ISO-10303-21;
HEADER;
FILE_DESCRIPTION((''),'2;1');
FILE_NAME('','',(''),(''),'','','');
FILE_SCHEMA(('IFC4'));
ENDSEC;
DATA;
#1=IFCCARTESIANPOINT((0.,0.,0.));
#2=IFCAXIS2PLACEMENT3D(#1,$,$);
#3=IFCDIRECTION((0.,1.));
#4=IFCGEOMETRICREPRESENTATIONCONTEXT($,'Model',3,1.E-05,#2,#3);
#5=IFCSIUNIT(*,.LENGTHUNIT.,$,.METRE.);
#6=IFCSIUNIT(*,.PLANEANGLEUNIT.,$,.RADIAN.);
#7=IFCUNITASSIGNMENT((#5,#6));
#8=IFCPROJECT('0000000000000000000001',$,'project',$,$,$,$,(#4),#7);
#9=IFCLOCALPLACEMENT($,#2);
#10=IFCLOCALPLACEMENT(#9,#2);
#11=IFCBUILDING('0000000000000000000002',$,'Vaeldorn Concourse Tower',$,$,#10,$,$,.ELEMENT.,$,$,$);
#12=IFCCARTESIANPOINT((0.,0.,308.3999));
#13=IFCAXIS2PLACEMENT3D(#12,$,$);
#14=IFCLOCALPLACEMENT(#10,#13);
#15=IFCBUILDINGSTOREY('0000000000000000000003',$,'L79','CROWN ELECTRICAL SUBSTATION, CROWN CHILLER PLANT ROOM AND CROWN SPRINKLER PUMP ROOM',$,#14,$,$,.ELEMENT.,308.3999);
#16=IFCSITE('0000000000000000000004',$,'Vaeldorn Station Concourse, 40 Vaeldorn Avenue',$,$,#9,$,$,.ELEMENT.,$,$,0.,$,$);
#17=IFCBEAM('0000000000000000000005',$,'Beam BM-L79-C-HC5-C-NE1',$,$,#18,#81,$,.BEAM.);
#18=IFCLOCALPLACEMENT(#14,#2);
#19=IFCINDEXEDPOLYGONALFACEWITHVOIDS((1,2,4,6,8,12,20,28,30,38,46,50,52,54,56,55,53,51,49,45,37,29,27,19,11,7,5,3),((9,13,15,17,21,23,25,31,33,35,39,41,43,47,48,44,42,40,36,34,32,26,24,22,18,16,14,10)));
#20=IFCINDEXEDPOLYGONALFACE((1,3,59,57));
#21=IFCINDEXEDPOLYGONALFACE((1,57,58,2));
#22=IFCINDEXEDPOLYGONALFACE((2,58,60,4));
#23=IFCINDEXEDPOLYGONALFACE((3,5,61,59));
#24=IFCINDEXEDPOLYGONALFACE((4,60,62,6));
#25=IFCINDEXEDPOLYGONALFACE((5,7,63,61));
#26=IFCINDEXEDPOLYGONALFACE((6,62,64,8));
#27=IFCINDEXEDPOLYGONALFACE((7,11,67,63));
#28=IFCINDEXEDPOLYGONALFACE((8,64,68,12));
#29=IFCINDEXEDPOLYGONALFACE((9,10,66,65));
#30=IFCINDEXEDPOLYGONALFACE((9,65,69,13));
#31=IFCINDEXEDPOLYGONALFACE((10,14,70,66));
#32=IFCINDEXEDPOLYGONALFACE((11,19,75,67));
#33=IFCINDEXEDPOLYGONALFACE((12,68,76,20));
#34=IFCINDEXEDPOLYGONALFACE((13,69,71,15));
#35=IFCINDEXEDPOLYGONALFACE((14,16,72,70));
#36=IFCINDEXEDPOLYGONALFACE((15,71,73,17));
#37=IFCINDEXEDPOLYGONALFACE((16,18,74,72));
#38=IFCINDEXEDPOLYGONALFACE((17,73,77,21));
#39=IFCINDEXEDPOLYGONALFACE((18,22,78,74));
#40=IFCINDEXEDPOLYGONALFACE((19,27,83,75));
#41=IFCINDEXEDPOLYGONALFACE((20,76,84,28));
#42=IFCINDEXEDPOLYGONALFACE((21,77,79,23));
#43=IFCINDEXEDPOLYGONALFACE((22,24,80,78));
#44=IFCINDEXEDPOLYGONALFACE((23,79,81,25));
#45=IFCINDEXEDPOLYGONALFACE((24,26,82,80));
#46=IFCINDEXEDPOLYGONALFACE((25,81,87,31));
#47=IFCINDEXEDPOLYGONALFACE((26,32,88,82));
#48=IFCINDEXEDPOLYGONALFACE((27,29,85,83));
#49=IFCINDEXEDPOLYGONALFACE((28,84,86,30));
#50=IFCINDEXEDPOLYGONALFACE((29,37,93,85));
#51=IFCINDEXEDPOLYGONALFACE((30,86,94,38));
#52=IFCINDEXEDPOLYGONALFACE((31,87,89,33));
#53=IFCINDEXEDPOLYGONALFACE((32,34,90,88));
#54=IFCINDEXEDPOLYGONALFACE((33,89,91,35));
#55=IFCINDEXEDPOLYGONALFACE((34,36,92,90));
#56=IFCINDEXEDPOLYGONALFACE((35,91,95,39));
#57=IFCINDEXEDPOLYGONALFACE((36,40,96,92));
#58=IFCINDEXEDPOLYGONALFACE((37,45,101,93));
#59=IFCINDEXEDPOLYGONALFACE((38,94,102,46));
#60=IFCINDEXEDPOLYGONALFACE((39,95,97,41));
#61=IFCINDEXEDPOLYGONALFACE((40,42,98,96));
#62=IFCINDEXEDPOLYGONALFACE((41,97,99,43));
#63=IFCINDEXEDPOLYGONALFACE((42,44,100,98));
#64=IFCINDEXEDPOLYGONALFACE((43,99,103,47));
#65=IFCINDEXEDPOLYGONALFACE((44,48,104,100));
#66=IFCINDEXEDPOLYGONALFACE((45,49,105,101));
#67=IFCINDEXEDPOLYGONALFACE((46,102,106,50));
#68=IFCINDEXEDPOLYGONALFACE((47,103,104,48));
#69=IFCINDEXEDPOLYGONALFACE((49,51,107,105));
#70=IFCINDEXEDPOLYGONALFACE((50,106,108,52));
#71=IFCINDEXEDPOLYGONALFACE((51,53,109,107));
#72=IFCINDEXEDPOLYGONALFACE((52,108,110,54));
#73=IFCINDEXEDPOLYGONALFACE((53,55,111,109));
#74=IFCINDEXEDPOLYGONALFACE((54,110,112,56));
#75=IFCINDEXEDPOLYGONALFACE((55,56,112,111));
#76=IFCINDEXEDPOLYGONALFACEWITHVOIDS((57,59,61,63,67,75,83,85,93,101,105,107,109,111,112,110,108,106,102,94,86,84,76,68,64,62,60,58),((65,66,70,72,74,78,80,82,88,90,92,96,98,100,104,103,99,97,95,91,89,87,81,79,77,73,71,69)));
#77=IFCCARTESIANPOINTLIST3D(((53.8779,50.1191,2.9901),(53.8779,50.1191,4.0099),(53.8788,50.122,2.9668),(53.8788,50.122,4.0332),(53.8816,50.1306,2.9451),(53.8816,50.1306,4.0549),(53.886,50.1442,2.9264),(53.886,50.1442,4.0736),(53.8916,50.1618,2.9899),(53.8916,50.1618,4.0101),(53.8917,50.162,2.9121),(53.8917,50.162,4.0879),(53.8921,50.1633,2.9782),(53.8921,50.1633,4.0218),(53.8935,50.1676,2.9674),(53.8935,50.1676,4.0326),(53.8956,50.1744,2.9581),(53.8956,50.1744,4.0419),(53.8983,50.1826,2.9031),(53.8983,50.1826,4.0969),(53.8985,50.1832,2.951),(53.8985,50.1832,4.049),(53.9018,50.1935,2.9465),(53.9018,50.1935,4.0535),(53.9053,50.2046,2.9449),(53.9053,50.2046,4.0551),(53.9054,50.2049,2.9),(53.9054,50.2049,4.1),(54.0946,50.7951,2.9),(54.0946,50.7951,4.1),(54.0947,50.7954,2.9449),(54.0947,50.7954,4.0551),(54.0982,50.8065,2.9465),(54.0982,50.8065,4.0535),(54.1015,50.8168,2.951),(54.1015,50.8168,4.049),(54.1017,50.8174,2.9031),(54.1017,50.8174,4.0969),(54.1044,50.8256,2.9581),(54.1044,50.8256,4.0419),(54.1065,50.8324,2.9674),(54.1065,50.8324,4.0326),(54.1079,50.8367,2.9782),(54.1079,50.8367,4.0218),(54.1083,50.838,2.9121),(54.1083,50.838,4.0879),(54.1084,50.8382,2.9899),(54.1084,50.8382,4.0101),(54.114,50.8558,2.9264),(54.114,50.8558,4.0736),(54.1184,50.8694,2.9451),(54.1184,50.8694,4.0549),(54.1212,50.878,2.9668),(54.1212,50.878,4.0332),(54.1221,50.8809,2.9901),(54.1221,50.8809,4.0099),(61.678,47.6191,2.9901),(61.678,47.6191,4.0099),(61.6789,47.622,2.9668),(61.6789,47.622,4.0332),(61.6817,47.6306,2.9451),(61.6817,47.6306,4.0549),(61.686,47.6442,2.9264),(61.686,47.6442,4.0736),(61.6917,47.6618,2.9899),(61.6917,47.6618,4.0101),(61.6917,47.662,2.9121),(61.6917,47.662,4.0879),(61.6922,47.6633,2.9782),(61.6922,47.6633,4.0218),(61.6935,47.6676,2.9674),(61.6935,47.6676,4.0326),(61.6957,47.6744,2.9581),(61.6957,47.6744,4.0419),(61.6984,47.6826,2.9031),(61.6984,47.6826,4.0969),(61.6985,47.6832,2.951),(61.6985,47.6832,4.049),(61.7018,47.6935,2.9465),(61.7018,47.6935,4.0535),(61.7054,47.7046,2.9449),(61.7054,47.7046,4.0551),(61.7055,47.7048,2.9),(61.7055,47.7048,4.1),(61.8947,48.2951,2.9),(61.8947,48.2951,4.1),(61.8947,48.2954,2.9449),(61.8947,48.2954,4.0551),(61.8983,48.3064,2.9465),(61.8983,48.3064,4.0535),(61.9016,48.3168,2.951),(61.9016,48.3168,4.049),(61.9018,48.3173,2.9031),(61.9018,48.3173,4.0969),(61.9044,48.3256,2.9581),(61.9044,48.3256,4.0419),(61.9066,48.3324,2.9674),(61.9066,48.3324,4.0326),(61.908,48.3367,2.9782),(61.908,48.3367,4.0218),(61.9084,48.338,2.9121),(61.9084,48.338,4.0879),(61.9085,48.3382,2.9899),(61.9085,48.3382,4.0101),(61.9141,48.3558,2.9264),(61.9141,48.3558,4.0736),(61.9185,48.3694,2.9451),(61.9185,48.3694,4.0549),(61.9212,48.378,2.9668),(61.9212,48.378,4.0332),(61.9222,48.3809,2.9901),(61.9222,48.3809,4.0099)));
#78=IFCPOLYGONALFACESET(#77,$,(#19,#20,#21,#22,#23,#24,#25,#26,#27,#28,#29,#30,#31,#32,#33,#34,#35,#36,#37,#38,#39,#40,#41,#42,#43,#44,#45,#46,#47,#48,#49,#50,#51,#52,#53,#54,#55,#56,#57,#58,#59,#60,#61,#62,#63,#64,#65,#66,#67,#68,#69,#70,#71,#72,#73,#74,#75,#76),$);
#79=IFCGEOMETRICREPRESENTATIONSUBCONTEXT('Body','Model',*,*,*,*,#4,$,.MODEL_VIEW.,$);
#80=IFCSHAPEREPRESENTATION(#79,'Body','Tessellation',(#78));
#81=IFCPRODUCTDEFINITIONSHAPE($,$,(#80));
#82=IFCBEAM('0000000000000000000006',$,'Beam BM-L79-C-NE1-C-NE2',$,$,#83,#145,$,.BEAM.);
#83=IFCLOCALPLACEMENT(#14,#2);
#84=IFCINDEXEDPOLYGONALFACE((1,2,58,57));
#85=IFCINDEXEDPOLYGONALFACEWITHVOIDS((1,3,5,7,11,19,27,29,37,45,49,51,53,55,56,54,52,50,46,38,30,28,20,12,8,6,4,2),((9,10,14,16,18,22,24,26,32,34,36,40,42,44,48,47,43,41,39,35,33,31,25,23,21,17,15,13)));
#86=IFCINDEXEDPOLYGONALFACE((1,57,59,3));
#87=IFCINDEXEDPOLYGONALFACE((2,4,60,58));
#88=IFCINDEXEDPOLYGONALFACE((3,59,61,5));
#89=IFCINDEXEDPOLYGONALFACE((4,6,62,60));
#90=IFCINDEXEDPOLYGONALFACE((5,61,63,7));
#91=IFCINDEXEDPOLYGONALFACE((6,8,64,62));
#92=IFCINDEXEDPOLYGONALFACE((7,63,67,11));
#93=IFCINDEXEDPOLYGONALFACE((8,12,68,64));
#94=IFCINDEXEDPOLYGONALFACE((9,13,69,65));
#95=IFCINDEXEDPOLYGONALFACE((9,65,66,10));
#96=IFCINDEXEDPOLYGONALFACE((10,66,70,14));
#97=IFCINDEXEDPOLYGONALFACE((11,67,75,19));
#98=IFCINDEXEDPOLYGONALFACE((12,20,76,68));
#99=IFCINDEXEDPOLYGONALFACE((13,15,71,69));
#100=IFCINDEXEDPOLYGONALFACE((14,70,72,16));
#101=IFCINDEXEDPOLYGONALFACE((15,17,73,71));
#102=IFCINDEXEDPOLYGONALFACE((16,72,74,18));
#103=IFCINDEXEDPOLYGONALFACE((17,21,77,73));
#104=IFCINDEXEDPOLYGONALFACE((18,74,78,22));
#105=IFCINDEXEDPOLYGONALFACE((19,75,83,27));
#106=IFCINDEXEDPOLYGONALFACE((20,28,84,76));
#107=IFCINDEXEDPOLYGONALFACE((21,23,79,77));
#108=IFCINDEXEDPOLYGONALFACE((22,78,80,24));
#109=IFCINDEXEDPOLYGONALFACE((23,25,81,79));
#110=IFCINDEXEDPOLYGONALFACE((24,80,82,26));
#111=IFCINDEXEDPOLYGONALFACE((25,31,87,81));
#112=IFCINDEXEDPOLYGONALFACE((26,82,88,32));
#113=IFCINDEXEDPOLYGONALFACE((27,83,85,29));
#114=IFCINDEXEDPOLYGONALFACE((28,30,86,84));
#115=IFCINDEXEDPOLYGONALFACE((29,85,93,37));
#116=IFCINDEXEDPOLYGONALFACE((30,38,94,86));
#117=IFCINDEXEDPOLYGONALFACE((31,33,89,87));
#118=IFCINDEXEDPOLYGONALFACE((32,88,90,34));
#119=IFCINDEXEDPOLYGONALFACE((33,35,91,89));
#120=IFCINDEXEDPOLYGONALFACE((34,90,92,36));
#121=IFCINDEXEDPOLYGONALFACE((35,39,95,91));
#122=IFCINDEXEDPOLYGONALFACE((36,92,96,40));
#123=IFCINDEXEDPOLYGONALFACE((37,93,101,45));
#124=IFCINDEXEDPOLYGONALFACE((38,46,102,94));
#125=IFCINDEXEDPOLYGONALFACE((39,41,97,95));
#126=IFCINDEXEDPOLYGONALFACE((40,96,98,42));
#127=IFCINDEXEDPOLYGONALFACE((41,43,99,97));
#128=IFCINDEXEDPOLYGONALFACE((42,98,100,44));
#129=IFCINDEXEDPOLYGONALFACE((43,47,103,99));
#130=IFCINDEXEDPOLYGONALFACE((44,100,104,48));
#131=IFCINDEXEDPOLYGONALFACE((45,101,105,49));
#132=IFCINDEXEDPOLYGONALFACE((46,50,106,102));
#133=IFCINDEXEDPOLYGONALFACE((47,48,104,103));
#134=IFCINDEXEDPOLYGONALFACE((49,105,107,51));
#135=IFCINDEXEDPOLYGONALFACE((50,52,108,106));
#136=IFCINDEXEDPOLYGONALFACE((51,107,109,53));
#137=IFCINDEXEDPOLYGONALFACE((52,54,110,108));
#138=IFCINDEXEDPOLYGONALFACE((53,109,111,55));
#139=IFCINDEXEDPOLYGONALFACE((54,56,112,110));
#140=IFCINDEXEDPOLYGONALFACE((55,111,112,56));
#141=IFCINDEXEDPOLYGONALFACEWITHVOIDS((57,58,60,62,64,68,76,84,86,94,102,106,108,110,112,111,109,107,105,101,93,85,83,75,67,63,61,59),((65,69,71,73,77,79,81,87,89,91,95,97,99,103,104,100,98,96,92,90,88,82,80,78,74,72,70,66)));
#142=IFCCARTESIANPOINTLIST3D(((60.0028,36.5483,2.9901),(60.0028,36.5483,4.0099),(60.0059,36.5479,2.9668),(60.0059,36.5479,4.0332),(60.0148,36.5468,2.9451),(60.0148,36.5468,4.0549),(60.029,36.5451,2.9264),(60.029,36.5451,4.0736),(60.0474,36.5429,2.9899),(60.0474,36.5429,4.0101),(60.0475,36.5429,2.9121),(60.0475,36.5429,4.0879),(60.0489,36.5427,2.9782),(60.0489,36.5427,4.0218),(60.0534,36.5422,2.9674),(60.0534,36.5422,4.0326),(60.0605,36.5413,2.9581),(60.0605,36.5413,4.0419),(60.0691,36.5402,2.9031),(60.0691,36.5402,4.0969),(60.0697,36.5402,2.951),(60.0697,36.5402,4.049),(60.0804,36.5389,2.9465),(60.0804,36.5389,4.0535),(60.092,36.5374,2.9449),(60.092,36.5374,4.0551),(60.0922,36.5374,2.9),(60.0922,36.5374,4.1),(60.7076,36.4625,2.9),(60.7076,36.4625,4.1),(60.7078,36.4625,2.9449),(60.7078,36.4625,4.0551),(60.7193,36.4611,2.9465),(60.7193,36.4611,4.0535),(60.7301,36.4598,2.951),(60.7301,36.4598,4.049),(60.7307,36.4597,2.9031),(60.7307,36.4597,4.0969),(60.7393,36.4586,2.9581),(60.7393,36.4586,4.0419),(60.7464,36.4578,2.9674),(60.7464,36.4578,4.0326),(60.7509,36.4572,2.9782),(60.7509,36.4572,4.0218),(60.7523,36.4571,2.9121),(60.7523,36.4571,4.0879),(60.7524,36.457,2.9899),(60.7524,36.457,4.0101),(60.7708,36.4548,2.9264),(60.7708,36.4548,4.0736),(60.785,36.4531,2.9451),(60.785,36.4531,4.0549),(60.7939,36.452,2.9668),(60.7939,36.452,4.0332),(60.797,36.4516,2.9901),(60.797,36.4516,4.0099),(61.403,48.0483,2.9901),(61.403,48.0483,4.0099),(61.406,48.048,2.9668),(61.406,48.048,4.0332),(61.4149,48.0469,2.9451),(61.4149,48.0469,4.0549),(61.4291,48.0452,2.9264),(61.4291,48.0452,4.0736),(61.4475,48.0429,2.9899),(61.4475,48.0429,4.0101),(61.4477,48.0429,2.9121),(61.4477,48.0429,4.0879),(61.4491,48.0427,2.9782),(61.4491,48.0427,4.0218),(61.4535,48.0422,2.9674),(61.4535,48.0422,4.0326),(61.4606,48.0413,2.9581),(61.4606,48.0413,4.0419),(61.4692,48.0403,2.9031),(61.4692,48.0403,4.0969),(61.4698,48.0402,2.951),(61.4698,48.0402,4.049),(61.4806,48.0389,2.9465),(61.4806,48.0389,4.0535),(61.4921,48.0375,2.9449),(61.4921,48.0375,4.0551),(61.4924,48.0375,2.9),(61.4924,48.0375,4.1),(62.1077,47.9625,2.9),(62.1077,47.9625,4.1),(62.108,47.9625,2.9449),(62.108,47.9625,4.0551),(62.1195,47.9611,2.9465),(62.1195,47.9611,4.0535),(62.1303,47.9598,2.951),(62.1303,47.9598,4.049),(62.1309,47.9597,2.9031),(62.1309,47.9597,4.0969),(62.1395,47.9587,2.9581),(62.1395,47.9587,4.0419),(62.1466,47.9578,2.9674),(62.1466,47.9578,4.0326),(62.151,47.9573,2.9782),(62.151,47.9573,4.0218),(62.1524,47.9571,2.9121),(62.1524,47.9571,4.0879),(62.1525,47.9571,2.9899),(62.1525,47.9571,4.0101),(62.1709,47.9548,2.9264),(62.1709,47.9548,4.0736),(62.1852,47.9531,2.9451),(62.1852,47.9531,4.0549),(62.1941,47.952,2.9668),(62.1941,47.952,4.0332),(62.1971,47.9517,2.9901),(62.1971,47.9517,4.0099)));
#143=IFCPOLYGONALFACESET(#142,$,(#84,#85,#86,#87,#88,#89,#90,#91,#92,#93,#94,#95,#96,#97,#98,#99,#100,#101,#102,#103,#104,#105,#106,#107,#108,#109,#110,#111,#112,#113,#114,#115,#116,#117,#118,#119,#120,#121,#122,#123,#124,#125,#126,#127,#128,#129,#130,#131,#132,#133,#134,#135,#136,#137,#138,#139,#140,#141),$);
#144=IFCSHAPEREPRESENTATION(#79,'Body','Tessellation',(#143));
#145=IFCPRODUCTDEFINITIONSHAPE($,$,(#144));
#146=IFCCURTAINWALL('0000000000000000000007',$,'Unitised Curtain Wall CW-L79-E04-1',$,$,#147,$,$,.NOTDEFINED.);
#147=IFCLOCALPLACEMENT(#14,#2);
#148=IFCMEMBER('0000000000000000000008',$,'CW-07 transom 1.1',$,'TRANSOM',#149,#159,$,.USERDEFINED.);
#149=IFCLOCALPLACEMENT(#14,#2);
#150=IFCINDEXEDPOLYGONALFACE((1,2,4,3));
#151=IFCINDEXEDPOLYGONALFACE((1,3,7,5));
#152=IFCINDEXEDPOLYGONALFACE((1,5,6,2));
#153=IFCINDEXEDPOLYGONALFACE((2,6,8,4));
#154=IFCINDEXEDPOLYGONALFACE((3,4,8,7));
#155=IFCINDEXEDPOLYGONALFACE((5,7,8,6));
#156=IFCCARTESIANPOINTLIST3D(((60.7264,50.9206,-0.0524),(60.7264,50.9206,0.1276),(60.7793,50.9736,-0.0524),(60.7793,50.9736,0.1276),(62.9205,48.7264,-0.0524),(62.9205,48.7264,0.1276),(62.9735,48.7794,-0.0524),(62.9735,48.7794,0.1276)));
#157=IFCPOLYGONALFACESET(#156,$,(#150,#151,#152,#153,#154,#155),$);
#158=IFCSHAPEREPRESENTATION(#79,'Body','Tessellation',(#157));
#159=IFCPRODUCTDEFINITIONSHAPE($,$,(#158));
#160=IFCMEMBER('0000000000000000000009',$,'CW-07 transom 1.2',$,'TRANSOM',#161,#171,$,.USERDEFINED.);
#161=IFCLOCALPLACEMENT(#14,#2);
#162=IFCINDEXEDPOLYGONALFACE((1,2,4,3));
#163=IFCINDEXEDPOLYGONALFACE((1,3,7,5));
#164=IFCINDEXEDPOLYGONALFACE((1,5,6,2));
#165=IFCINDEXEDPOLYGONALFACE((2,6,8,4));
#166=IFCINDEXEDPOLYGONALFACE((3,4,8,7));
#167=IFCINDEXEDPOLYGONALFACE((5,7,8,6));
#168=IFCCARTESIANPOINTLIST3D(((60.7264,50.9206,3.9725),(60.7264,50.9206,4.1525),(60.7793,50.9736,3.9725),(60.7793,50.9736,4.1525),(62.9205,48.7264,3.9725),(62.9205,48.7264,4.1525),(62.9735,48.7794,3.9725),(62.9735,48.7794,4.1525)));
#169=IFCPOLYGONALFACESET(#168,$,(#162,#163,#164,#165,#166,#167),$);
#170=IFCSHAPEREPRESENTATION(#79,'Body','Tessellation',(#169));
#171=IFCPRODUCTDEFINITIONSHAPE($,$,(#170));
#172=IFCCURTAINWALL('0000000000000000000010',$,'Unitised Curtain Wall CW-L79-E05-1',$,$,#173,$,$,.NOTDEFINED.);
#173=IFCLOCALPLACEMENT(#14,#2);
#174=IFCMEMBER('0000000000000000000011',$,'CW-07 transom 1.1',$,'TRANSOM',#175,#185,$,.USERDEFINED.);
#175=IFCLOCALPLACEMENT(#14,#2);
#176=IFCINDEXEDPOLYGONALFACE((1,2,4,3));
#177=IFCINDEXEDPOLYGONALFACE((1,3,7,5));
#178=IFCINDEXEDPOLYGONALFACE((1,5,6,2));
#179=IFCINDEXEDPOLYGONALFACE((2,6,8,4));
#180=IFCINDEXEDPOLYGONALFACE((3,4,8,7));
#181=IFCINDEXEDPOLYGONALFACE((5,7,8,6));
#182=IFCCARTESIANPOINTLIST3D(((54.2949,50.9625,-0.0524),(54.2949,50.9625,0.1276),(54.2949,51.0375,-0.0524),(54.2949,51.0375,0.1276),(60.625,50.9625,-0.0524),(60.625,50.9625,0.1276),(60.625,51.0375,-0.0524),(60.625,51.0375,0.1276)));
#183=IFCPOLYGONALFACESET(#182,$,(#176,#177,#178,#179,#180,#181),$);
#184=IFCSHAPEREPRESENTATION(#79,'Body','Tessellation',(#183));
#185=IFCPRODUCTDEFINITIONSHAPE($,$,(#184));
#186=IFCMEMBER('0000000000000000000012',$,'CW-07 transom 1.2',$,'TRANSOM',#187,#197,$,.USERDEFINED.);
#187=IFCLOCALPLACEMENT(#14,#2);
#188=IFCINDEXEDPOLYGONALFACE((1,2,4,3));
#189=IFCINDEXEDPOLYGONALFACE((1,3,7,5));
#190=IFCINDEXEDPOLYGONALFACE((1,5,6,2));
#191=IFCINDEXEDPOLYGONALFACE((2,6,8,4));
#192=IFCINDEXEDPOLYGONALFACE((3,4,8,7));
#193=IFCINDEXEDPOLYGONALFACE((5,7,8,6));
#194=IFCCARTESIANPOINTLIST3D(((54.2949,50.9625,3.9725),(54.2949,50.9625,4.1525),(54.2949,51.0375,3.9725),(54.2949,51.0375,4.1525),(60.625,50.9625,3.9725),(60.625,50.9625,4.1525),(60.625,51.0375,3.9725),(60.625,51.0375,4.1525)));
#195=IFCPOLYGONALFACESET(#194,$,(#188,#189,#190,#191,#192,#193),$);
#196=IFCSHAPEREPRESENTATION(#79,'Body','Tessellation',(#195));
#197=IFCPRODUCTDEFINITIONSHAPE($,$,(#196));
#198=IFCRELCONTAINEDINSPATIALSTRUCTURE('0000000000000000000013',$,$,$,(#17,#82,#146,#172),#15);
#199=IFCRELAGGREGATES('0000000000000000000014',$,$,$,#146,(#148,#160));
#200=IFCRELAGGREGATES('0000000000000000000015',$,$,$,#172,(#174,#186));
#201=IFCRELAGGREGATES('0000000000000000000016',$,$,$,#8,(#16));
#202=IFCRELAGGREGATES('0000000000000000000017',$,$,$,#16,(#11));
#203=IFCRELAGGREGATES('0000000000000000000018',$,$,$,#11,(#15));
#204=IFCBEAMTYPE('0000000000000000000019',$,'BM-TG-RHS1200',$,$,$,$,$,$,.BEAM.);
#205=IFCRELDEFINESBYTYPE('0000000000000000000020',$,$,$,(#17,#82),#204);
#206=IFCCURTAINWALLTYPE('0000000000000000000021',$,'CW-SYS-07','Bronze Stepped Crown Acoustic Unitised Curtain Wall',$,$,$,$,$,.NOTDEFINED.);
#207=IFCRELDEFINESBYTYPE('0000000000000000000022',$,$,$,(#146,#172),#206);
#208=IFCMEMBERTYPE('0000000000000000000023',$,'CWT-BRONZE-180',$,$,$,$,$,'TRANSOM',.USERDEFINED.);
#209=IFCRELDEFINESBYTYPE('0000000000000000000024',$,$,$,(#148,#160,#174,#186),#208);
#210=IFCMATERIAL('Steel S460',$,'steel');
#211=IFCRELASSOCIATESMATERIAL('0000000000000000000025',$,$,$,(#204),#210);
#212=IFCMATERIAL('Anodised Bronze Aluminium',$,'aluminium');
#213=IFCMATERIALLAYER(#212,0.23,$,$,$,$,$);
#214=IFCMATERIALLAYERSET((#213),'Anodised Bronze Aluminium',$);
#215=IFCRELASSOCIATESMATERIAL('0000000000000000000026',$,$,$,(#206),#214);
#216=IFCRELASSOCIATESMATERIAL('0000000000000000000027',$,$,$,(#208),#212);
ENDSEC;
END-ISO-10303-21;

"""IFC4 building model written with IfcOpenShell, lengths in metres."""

from ifc_helpers import new_model, si_unit, direction, frame, origin, origin_2d, place, context, subcontext, project, spatial, rectangle, hollow_rectangle, extrude, source, transform, mapped, material, layer, layer_set, material_profile, profile_set, type_object, element, aggregate, save


model = new_model("IFC4")

# Units and contexts
model_context = context("Model", 3, precision=1e-05, world=origin(), true_north=direction((0.0, 1.0)))
body_context = subcontext(model_context, "Body", "Model", "MODEL_VIEW")
ifc_project = project(units=[si_unit("LENGTHUNIT", "METRE"), si_unit("PLANEANGLEUNIT", "RADIAN")], contexts=[model_context])

# Site, building, storey
site_placement = place(None, origin())
site = spatial("IfcSite", under=ifc_project, at=site_placement, Name="Vaeldorn Station Concourse, 40 Vaeldorn Avenue", CompositionType="ELEMENT", RefElevation=0.0)
building_placement = place(site_placement, origin())
building = spatial("IfcBuilding", under=site, at=building_placement, Name="Vaeldorn Concourse Tower", CompositionType="ELEMENT")
storey_placement = place(building_placement, frame((0.0, 0.0, 308.3999)))
storey = spatial("IfcBuildingStorey", under=building, at=storey_placement, Name="L79", Description="CROWN ELECTRICAL SUBSTATION, CROWN CHILLER PLANT ROOM AND CROWN SPRINKLER PUMP ROOM", CompositionType="ELEMENT", Elevation=308.3999)

# Beams
ifc_material_1 = material(Name="Steel S460", Category="steel")
ifc_material_profile_1 = material_profile(ifc_material_1, hollow_rectangle(XDim=0.8, YDim=1.2, WallThickness=0.0449, InnerFilletRadius=0.0449, OuterFilletRadius=0.0901, at=origin_2d()), Name="RHS 1200x800x45")
ifc_profile_set_1 = profile_set([ifc_material_profile_1], Name="Steel S460")
beam_type_1 = type_object("IfcBeamType", Name="BM-TG-RHS1200", PredefinedType="BEAM", material=ifc_profile_set_1)
shared_shape_1 = source(origin(), body_context, "Body", "SweptSolid", [
    extrude(hollow_rectangle(XDim=0.8, YDim=1.2, WallThickness=0.0449, InnerFilletRadius=0.0449, OuterFilletRadius=0.0901, at=origin_2d()), origin(), (0.0, 0.0, 1.0), 8.1909),
])
beam_1_placement = place(storey_placement, frame((54.0, 50.5, 3.5), z_axis=(0.952283, -0.305217, 0.0), x_axis=(0.305217, 0.952283, 0.0)))
element("IfcBeam", 1, at=beam_1_placement, inside=storey, type_object=beam_type_1, Name="Beam BM-L79-C-HC5-C-NE1", PredefinedType="BEAM", context=body_context, shape_type="MappedRepresentation", body=[
    mapped(shared_shape_1, transform((0.0, 0.0, 0.0), scale=1.0)),
])
shared_shape_2 = source(origin(), body_context, "Body", "SweptSolid", [
    extrude(hollow_rectangle(XDim=0.8, YDim=1.2, WallThickness=0.0449, InnerFilletRadius=0.0449, OuterFilletRadius=0.0901, at=origin_2d()), origin(), (0.0, 0.0, 1.0), 11.585),
])
beam_2_placement = place(storey_placement, frame((61.8, 48.0, 3.5), z_axis=(-0.120859, -0.99267, 0.0), x_axis=(0.99267, -0.120859, 0.0)))
element("IfcBeam", 2, at=beam_2_placement, inside=storey, type_object=beam_type_1, Name="Beam BM-L79-C-NE1-C-NE2", PredefinedType="BEAM", context=body_context, shape_type="MappedRepresentation", body=[
    mapped(shared_shape_2, transform((0.0, 0.0, 0.0), scale=1.0)),
])

# Curtain walls, members
ifc_material_2 = material(Name="Anodised Bronze Aluminium", Category="aluminium")
ifc_layer_1 = layer(ifc_material_2, 0.23)
ifc_layer_set_1 = layer_set([ifc_layer_1], Name="Anodised Bronze Aluminium")
curtain_wall_type = type_object("IfcCurtainWallType", Name="CW-SYS-07", Description="Bronze Stepped Crown Acoustic Unitised Curtain Wall", PredefinedType="NOTDEFINED", material=ifc_layer_set_1)
curtain_wall_1_placement = place(storey_placement, origin())
curtain_wall_1 = element("IfcCurtainWall", 3, at=curtain_wall_1_placement, inside=storey, type_object=curtain_wall_type, Name="Unitised Curtain Wall CW-L79-E04-1", PredefinedType="NOTDEFINED")
ifc_material_profile_2 = material_profile(ifc_material_2, rectangle(XDim=0.075, YDim=0.1799, at=origin_2d()), Name="CWT 75x180")
ifc_profile_set_2 = profile_set([ifc_material_profile_2], Name="Anodised Bronze Aluminium")
member_type_1 = type_object("IfcMemberType", Name="CWT-BRONZE-180", ElementType="TRANSOM", PredefinedType="USERDEFINED", material=ifc_profile_set_2)
shared_shape_3 = source(origin(), body_context, "Body", "SweptSolid", [
    extrude(rectangle(XDim=0.075, YDim=0.1799, at=origin_2d()), origin(), (0.0, 0.0, 1.0), 3.103),
])
member_1_placement = place(storey_placement, frame((62.947, 48.7529, 0.0376), z_axis=(-0.707107, 0.707107, 0.0), x_axis=(-0.707107, -0.707107, 0.0)))
member_1 = element("IfcMember", 4, at=member_1_placement, type_object=member_type_1, Name="CW-07 transom 1.1", ObjectType="TRANSOM", PredefinedType="USERDEFINED", context=body_context, shape_type="MappedRepresentation", body=[
    mapped(shared_shape_3, transform((0.0, 0.0, 0.0), scale=1.0)),
])
member_2_placement = place(storey_placement, frame((62.947, 48.7529, 4.0625), z_axis=(-0.707107, 0.707107, 0.0), x_axis=(-0.707107, -0.707107, 0.0)))
member_2 = element("IfcMember", 5, at=member_2_placement, type_object=member_type_1, Name="CW-07 transom 1.2", ObjectType="TRANSOM", PredefinedType="USERDEFINED", context=body_context, shape_type="MappedRepresentation", body=[
    mapped(shared_shape_3, transform((0.0, 0.0, 0.0), scale=1.0)),
])
curtain_wall_2_placement = place(storey_placement, origin())
curtain_wall_2 = element("IfcCurtainWall", 6, at=curtain_wall_2_placement, inside=storey, type_object=curtain_wall_type, Name="Unitised Curtain Wall CW-L79-E05-1", PredefinedType="NOTDEFINED")
shared_shape_4 = source(origin(), body_context, "Body", "SweptSolid", [
    extrude(rectangle(XDim=0.075, YDim=0.1799, at=origin_2d()), origin(), (0.0, 0.0, 1.0), 6.3301),
])
member_3_placement = place(storey_placement, frame((60.625, 51.0, 0.0376), z_axis=(-1.0, 0.0, 0.0), x_axis=(0.0, -1.0, 0.0)))
member_3 = element("IfcMember", 7, at=member_3_placement, type_object=member_type_1, Name="CW-07 transom 1.1", ObjectType="TRANSOM", PredefinedType="USERDEFINED", context=body_context, shape_type="MappedRepresentation", body=[
    mapped(shared_shape_4, transform((0.0, 0.0, 0.0), scale=1.0)),
])
member_4_placement = place(storey_placement, frame((60.625, 51.0, 4.0625), z_axis=(-1.0, 0.0, 0.0), x_axis=(0.0, -1.0, 0.0)))
member_4 = element("IfcMember", 8, at=member_4_placement, type_object=member_type_1, Name="CW-07 transom 1.2", ObjectType="TRANSOM", PredefinedType="USERDEFINED", context=body_context, shape_type="MappedRepresentation", body=[
    mapped(shared_shape_4, transform((0.0, 0.0, 0.0), scale=1.0)),
])

aggregate(curtain_wall_1, [member_1, member_2])
aggregate(curtain_wall_2, [member_3, member_4])

save(model, "model.ifc")
